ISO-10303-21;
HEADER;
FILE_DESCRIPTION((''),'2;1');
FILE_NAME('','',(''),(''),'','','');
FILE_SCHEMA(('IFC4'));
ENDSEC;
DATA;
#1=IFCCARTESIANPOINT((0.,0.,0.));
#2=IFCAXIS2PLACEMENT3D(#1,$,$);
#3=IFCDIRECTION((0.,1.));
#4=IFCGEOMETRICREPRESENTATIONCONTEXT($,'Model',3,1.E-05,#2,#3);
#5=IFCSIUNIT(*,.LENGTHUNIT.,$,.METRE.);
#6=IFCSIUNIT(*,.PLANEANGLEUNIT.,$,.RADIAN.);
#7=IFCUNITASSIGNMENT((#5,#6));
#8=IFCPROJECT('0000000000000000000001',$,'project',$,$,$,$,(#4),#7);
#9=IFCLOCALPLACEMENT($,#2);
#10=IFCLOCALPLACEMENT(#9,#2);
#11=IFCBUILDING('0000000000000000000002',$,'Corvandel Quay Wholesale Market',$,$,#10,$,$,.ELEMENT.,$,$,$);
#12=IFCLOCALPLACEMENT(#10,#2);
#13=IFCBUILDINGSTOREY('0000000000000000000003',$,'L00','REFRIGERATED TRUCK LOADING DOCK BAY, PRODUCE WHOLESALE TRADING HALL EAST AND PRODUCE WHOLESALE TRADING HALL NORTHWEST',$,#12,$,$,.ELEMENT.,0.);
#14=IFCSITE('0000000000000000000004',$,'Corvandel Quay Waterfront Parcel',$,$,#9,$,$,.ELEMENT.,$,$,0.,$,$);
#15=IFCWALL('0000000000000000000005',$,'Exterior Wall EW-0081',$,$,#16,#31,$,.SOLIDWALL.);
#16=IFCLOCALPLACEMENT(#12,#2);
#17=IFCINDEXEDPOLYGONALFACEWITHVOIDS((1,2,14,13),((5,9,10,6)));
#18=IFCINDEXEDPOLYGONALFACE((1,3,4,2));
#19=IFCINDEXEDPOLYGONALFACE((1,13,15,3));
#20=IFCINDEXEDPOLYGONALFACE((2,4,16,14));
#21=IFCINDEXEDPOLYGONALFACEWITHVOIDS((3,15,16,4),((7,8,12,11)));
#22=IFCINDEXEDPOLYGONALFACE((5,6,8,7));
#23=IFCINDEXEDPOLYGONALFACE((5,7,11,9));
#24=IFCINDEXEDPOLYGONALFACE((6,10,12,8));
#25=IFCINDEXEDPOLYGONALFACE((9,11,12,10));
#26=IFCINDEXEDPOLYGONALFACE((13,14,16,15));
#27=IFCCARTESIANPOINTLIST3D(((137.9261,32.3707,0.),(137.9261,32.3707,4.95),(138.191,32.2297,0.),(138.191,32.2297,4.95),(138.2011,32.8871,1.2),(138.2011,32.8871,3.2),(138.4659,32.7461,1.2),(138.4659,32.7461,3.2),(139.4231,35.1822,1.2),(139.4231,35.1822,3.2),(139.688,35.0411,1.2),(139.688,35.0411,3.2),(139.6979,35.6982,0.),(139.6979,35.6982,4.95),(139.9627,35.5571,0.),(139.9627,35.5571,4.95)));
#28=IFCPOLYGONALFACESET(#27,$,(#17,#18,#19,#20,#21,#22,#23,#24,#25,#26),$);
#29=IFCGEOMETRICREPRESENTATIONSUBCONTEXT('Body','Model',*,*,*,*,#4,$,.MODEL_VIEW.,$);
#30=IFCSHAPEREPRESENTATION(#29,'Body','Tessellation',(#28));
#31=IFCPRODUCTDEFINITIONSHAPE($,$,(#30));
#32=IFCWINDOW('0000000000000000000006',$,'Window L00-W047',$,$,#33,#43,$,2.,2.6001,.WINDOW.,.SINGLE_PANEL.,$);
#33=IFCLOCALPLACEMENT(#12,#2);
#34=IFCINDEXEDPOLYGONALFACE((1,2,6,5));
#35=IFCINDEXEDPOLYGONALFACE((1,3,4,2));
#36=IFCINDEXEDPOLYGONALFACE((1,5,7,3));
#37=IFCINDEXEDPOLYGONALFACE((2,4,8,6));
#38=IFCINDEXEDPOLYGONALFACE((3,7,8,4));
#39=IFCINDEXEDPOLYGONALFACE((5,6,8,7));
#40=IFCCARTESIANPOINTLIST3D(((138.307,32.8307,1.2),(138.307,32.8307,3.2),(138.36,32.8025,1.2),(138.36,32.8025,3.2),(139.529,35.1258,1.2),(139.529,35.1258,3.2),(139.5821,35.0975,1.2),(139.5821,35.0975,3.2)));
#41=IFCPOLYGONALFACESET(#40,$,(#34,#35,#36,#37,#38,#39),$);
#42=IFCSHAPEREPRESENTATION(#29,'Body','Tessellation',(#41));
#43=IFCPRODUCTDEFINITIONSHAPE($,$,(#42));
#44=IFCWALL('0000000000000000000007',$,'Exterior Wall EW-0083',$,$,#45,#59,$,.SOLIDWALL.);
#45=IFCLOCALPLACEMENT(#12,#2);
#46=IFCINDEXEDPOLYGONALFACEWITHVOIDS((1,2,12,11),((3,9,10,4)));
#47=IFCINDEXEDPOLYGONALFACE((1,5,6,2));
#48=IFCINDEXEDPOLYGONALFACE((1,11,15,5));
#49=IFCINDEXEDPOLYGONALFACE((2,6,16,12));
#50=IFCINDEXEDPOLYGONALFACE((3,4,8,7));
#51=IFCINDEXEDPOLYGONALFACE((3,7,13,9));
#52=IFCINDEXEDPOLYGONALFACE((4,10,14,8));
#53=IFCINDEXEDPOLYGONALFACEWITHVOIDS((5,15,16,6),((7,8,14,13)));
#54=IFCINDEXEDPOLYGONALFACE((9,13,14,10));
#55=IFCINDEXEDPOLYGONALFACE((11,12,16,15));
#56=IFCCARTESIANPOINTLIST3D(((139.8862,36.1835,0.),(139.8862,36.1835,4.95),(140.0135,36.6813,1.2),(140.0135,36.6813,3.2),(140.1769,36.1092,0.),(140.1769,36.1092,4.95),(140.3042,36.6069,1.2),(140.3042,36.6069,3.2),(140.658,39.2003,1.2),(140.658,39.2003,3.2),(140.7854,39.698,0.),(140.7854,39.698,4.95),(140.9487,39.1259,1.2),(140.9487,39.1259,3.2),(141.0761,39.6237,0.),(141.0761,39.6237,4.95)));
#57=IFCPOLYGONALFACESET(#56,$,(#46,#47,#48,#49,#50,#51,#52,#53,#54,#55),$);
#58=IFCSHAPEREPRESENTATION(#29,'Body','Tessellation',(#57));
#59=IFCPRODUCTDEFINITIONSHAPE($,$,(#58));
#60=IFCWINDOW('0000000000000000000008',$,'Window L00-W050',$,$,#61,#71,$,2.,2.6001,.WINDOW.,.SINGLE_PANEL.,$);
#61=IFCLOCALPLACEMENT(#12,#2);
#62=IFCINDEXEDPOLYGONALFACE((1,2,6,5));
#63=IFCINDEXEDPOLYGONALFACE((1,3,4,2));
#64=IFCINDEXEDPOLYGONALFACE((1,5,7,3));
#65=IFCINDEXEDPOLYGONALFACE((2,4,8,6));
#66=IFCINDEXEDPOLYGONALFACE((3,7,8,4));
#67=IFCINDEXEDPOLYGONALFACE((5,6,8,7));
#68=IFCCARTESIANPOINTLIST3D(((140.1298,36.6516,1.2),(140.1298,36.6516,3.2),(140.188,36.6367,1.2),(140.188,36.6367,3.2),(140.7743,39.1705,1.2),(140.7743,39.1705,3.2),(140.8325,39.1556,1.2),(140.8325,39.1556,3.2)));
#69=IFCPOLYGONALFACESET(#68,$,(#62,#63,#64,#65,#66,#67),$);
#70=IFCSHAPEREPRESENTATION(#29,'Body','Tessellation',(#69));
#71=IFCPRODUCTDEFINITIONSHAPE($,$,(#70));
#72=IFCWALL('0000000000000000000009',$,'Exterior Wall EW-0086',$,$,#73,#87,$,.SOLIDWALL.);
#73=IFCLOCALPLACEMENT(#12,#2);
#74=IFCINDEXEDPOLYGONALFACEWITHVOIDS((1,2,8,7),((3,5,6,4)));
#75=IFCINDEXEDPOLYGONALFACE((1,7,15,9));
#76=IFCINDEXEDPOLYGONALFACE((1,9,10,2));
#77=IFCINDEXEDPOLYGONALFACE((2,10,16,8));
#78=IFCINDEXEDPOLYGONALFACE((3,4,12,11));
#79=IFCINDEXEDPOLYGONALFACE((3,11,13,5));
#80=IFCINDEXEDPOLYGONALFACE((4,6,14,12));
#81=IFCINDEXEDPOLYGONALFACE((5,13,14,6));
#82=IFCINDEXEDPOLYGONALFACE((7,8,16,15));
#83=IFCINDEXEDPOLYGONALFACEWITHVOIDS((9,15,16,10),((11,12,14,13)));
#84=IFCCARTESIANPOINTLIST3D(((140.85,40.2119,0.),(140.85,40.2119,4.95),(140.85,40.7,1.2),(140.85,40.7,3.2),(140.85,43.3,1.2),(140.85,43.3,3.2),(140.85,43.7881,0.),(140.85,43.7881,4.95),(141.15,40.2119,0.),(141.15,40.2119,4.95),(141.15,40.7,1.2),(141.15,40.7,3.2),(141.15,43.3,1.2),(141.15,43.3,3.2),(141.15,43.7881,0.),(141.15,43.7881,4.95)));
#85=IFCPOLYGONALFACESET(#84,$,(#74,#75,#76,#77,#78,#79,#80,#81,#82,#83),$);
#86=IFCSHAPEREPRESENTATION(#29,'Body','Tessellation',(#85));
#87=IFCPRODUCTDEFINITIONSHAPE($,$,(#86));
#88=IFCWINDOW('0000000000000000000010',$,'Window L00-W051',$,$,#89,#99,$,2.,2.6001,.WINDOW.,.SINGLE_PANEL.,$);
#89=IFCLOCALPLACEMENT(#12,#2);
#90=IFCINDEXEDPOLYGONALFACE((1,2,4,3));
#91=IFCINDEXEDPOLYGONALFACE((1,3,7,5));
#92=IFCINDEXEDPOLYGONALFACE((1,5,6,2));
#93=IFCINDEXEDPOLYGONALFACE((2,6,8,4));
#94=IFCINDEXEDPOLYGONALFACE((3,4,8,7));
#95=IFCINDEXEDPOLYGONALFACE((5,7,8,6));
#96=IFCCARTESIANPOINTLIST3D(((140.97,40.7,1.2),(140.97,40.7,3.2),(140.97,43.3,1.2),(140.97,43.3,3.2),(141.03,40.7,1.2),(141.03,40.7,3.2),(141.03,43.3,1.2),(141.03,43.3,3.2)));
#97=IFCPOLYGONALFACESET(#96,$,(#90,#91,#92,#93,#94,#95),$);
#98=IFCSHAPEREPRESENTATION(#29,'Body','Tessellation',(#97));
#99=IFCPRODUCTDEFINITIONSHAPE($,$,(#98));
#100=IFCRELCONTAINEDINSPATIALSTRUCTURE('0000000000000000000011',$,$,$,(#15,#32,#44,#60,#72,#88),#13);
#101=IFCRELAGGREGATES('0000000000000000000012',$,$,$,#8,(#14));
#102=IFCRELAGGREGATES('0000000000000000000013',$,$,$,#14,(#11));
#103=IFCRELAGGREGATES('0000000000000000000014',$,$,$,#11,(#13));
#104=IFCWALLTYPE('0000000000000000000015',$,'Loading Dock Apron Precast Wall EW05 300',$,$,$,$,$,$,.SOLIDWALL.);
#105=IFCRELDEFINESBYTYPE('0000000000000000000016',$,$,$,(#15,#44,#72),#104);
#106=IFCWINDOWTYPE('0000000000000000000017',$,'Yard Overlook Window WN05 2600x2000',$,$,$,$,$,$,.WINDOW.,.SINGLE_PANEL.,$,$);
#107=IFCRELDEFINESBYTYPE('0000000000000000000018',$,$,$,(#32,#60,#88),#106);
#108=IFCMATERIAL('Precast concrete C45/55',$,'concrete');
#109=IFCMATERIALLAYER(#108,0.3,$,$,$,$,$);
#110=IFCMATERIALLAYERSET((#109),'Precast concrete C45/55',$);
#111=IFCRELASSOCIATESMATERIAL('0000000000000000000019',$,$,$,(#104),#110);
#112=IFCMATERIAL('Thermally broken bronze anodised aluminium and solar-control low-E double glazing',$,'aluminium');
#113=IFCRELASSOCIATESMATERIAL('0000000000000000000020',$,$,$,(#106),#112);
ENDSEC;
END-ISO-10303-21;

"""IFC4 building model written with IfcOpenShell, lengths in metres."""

from ifc_helpers import new_model, si_unit, direction, frame, frame_2d, origin, place, context, subcontext, project, spatial, rectangle, extrude, material, layer, layer_set, type_object, element, fill, save


model = new_model("IFC4")

# Units and contexts
model_context = context("Model", 3, precision=1e-05, world=origin(), true_north=direction((0.0, 1.0)))
body_context = subcontext(model_context, "Body", "Model", "MODEL_VIEW")
ifc_project = project(units=[si_unit("LENGTHUNIT", "METRE"), si_unit("PLANEANGLEUNIT", "RADIAN")], contexts=[model_context])

# Site, building, storey
site_placement = place(None, origin())
site = spatial("IfcSite", under=ifc_project, at=site_placement, Name="Corvandel Quay Waterfront Parcel", CompositionType="ELEMENT", RefElevation=0.0)
building_placement = place(site_placement, origin())
building = spatial("IfcBuilding", under=site, at=building_placement, Name="Corvandel Quay Wholesale Market", CompositionType="ELEMENT")
storey_placement = place(building_placement, origin())
storey = spatial("IfcBuildingStorey", under=building, at=storey_placement, Name="L00", Description="REFRIGERATED TRUCK LOADING DOCK BAY, PRODUCE WHOLESALE TRADING HALL EAST AND PRODUCE WHOLESALE TRADING HALL NORTHWEST", CompositionType="ELEMENT", Elevation=0.0)

# Shared definitions
ifc_material_1 = material(Name="Precast concrete C45/55", Category="concrete")

# Walls, openings, windows
ifc_layer_1 = layer(ifc_material_1, 0.3)
ifc_layer_set_1 = layer_set([ifc_layer_1], Name="Precast concrete C45/55")
wall_type_1 = type_object("IfcWallType", Name="Loading Dock Apron Precast Wall EW05 300", PredefinedType="SOLIDWALL", material=ifc_layer_set_1)
wall_1_placement = place(storey_placement, frame((138.0586, 32.3003, 0.0), z_axis=(0.0, 0.0, 1.0), x_axis=(0.469993, 0.88267, 0.0)))
wall_1 = element("IfcWall", 1, at=wall_1_placement, inside=storey, type_object=wall_type_1, Name="Exterior Wall EW-0081", PredefinedType="SOLIDWALL", context=body_context, shape_type="SweptSolid", body=[
    extrude(rectangle(XDim=3.7698, YDim=0.3, at=frame_2d((1.8848, 0.0))), origin(), (0.0, 0.0, 1.0), 4.95),
])
opening_1_placement = place(wall_1_placement, frame((0.585, 0.0, 1.2)))
opening_1 = element("IfcOpeningElement", 2, at=opening_1_placement, cuts=wall_1, PredefinedType="OPENING", context=body_context, shape_type="SweptSolid", body=[
    extrude(rectangle(XDim=2.6001, YDim=2.0, at=frame_2d((1.3, 1.0))), frame((0.0, 0.1599, 0.0), z_axis=(0.0, -1.0, 0.0), x_axis=(1.0, 0.0, 0.0)), (0.0, 0.0, 1.0), 0.3201),
])
ifc_material_2 = material(Name="Thermally broken bronze anodised aluminium and solar-control low-E double glazing", Category="aluminium")
window_type = type_object("IfcWindowType", Name="Yard Overlook Window WN05 2600x2000", PartitioningType="SINGLE_PANEL", PredefinedType="WINDOW", material=ifc_material_2)
window_1_placement = place(opening_1_placement, origin())
window_1 = element("IfcWindow", 3, at=window_1_placement, inside=storey, type_object=window_type, Name="Window L00-W047", OverallHeight=2.0, OverallWidth=2.6001, PartitioningType="SINGLE_PANEL", PredefinedType="WINDOW", context=body_context, shape_type="SweptSolid", body=[
    extrude(rectangle(XDim=2.6001, YDim=2.0, at=frame_2d((1.3, 1.0))), frame((0.0, 0.03, 0.0), z_axis=(0.0, -1.0, 0.0), x_axis=(1.0, 0.0, 0.0)), (0.0, 0.0, 1.0), 0.0601),
])
fill(opening_1, window_1)
wall_2_placement = place(storey_placement, frame((140.0315, 36.1462, 0.0), z_axis=(0.0, 0.0, 1.0), x_axis=(0.247869, 0.968794, 0.0)))
wall_2 = element("IfcWall", 4, at=wall_2_placement, inside=storey, type_object=wall_type_1, Name="Exterior Wall EW-0083", PredefinedType="SOLIDWALL", context=body_context, shape_type="SweptSolid", body=[
    extrude(rectangle(XDim=3.6277, YDim=0.3, at=frame_2d((1.814, 0.0))), origin(), (0.0, 0.0, 1.0), 4.95),
])
opening_2_placement = place(wall_2_placement, frame((0.5139, 0.0, 1.2)))
opening_2 = element("IfcOpeningElement", 5, at=opening_2_placement, cuts=wall_2, PredefinedType="OPENING", context=body_context, shape_type="SweptSolid", body=[
    extrude(rectangle(XDim=2.6001, YDim=2.0, at=frame_2d((1.3, 1.0))), frame((0.0, 0.1599, 0.0), z_axis=(0.0, -1.0, 0.0), x_axis=(1.0, 0.0, 0.0)), (0.0, 0.0, 1.0), 0.3201),
])
window_2_placement = place(opening_2_placement, origin())
window_2 = element("IfcWindow", 6, at=window_2_placement, inside=storey, type_object=window_type, Name="Window L00-W050", OverallHeight=2.0, OverallWidth=2.6001, PartitioningType="SINGLE_PANEL", PredefinedType="WINDOW", context=body_context, shape_type="SweptSolid", body=[
    extrude(rectangle(XDim=2.6001, YDim=2.0, at=frame_2d((1.3, 1.0))), frame((0.0, 0.03, 0.0), z_axis=(0.0, -1.0, 0.0), x_axis=(1.0, 0.0, 0.0)), (0.0, 0.0, 1.0), 0.0601),
])
fill(opening_2, window_2)
wall_3_placement = place(storey_placement, frame((141.0, 40.2119, 0.0), z_axis=(0.0, 0.0, 1.0), x_axis=(0.0, 1.0, 0.0)))
wall_3 = element("IfcWall", 7, at=wall_3_placement, inside=storey, type_object=wall_type_1, Name="Exterior Wall EW-0086", PredefinedType="SOLIDWALL", context=body_context, shape_type="SweptSolid", body=[
    extrude(rectangle(XDim=3.5762, YDim=0.3, at=frame_2d((1.7881, 0.0))), origin(), (0.0, 0.0, 1.0), 4.95),
])
opening_3_placement = place(wall_3_placement, frame((0.488, 0.0, 1.2)))
opening_3 = element("IfcOpeningElement", 8, at=opening_3_placement, cuts=wall_3, PredefinedType="OPENING", context=body_context, shape_type="SweptSolid", body=[
    extrude(rectangle(XDim=2.6001, YDim=2.0, at=frame_2d((1.3, 1.0))), frame((0.0, 0.1599, 0.0), z_axis=(0.0, -1.0, 0.0), x_axis=(1.0, 0.0, 0.0)), (0.0, 0.0, 1.0), 0.3201),
])
window_3_placement = place(opening_3_placement, origin())
window_3 = element("IfcWindow", 9, at=window_3_placement, inside=storey, type_object=window_type, Name="Window L00-W051", OverallHeight=2.0, OverallWidth=2.6001, PartitioningType="SINGLE_PANEL", PredefinedType="WINDOW", context=body_context, shape_type="SweptSolid", body=[
    extrude(rectangle(XDim=2.6001, YDim=2.0, at=frame_2d((1.3, 1.0))), frame((0.0, 0.03, 0.0), z_axis=(0.0, -1.0, 0.0), x_axis=(1.0, 0.0, 0.0)), (0.0, 0.0, 1.0), 0.0601),
])
fill(opening_3, window_3)

save(model, "model.ifc")
